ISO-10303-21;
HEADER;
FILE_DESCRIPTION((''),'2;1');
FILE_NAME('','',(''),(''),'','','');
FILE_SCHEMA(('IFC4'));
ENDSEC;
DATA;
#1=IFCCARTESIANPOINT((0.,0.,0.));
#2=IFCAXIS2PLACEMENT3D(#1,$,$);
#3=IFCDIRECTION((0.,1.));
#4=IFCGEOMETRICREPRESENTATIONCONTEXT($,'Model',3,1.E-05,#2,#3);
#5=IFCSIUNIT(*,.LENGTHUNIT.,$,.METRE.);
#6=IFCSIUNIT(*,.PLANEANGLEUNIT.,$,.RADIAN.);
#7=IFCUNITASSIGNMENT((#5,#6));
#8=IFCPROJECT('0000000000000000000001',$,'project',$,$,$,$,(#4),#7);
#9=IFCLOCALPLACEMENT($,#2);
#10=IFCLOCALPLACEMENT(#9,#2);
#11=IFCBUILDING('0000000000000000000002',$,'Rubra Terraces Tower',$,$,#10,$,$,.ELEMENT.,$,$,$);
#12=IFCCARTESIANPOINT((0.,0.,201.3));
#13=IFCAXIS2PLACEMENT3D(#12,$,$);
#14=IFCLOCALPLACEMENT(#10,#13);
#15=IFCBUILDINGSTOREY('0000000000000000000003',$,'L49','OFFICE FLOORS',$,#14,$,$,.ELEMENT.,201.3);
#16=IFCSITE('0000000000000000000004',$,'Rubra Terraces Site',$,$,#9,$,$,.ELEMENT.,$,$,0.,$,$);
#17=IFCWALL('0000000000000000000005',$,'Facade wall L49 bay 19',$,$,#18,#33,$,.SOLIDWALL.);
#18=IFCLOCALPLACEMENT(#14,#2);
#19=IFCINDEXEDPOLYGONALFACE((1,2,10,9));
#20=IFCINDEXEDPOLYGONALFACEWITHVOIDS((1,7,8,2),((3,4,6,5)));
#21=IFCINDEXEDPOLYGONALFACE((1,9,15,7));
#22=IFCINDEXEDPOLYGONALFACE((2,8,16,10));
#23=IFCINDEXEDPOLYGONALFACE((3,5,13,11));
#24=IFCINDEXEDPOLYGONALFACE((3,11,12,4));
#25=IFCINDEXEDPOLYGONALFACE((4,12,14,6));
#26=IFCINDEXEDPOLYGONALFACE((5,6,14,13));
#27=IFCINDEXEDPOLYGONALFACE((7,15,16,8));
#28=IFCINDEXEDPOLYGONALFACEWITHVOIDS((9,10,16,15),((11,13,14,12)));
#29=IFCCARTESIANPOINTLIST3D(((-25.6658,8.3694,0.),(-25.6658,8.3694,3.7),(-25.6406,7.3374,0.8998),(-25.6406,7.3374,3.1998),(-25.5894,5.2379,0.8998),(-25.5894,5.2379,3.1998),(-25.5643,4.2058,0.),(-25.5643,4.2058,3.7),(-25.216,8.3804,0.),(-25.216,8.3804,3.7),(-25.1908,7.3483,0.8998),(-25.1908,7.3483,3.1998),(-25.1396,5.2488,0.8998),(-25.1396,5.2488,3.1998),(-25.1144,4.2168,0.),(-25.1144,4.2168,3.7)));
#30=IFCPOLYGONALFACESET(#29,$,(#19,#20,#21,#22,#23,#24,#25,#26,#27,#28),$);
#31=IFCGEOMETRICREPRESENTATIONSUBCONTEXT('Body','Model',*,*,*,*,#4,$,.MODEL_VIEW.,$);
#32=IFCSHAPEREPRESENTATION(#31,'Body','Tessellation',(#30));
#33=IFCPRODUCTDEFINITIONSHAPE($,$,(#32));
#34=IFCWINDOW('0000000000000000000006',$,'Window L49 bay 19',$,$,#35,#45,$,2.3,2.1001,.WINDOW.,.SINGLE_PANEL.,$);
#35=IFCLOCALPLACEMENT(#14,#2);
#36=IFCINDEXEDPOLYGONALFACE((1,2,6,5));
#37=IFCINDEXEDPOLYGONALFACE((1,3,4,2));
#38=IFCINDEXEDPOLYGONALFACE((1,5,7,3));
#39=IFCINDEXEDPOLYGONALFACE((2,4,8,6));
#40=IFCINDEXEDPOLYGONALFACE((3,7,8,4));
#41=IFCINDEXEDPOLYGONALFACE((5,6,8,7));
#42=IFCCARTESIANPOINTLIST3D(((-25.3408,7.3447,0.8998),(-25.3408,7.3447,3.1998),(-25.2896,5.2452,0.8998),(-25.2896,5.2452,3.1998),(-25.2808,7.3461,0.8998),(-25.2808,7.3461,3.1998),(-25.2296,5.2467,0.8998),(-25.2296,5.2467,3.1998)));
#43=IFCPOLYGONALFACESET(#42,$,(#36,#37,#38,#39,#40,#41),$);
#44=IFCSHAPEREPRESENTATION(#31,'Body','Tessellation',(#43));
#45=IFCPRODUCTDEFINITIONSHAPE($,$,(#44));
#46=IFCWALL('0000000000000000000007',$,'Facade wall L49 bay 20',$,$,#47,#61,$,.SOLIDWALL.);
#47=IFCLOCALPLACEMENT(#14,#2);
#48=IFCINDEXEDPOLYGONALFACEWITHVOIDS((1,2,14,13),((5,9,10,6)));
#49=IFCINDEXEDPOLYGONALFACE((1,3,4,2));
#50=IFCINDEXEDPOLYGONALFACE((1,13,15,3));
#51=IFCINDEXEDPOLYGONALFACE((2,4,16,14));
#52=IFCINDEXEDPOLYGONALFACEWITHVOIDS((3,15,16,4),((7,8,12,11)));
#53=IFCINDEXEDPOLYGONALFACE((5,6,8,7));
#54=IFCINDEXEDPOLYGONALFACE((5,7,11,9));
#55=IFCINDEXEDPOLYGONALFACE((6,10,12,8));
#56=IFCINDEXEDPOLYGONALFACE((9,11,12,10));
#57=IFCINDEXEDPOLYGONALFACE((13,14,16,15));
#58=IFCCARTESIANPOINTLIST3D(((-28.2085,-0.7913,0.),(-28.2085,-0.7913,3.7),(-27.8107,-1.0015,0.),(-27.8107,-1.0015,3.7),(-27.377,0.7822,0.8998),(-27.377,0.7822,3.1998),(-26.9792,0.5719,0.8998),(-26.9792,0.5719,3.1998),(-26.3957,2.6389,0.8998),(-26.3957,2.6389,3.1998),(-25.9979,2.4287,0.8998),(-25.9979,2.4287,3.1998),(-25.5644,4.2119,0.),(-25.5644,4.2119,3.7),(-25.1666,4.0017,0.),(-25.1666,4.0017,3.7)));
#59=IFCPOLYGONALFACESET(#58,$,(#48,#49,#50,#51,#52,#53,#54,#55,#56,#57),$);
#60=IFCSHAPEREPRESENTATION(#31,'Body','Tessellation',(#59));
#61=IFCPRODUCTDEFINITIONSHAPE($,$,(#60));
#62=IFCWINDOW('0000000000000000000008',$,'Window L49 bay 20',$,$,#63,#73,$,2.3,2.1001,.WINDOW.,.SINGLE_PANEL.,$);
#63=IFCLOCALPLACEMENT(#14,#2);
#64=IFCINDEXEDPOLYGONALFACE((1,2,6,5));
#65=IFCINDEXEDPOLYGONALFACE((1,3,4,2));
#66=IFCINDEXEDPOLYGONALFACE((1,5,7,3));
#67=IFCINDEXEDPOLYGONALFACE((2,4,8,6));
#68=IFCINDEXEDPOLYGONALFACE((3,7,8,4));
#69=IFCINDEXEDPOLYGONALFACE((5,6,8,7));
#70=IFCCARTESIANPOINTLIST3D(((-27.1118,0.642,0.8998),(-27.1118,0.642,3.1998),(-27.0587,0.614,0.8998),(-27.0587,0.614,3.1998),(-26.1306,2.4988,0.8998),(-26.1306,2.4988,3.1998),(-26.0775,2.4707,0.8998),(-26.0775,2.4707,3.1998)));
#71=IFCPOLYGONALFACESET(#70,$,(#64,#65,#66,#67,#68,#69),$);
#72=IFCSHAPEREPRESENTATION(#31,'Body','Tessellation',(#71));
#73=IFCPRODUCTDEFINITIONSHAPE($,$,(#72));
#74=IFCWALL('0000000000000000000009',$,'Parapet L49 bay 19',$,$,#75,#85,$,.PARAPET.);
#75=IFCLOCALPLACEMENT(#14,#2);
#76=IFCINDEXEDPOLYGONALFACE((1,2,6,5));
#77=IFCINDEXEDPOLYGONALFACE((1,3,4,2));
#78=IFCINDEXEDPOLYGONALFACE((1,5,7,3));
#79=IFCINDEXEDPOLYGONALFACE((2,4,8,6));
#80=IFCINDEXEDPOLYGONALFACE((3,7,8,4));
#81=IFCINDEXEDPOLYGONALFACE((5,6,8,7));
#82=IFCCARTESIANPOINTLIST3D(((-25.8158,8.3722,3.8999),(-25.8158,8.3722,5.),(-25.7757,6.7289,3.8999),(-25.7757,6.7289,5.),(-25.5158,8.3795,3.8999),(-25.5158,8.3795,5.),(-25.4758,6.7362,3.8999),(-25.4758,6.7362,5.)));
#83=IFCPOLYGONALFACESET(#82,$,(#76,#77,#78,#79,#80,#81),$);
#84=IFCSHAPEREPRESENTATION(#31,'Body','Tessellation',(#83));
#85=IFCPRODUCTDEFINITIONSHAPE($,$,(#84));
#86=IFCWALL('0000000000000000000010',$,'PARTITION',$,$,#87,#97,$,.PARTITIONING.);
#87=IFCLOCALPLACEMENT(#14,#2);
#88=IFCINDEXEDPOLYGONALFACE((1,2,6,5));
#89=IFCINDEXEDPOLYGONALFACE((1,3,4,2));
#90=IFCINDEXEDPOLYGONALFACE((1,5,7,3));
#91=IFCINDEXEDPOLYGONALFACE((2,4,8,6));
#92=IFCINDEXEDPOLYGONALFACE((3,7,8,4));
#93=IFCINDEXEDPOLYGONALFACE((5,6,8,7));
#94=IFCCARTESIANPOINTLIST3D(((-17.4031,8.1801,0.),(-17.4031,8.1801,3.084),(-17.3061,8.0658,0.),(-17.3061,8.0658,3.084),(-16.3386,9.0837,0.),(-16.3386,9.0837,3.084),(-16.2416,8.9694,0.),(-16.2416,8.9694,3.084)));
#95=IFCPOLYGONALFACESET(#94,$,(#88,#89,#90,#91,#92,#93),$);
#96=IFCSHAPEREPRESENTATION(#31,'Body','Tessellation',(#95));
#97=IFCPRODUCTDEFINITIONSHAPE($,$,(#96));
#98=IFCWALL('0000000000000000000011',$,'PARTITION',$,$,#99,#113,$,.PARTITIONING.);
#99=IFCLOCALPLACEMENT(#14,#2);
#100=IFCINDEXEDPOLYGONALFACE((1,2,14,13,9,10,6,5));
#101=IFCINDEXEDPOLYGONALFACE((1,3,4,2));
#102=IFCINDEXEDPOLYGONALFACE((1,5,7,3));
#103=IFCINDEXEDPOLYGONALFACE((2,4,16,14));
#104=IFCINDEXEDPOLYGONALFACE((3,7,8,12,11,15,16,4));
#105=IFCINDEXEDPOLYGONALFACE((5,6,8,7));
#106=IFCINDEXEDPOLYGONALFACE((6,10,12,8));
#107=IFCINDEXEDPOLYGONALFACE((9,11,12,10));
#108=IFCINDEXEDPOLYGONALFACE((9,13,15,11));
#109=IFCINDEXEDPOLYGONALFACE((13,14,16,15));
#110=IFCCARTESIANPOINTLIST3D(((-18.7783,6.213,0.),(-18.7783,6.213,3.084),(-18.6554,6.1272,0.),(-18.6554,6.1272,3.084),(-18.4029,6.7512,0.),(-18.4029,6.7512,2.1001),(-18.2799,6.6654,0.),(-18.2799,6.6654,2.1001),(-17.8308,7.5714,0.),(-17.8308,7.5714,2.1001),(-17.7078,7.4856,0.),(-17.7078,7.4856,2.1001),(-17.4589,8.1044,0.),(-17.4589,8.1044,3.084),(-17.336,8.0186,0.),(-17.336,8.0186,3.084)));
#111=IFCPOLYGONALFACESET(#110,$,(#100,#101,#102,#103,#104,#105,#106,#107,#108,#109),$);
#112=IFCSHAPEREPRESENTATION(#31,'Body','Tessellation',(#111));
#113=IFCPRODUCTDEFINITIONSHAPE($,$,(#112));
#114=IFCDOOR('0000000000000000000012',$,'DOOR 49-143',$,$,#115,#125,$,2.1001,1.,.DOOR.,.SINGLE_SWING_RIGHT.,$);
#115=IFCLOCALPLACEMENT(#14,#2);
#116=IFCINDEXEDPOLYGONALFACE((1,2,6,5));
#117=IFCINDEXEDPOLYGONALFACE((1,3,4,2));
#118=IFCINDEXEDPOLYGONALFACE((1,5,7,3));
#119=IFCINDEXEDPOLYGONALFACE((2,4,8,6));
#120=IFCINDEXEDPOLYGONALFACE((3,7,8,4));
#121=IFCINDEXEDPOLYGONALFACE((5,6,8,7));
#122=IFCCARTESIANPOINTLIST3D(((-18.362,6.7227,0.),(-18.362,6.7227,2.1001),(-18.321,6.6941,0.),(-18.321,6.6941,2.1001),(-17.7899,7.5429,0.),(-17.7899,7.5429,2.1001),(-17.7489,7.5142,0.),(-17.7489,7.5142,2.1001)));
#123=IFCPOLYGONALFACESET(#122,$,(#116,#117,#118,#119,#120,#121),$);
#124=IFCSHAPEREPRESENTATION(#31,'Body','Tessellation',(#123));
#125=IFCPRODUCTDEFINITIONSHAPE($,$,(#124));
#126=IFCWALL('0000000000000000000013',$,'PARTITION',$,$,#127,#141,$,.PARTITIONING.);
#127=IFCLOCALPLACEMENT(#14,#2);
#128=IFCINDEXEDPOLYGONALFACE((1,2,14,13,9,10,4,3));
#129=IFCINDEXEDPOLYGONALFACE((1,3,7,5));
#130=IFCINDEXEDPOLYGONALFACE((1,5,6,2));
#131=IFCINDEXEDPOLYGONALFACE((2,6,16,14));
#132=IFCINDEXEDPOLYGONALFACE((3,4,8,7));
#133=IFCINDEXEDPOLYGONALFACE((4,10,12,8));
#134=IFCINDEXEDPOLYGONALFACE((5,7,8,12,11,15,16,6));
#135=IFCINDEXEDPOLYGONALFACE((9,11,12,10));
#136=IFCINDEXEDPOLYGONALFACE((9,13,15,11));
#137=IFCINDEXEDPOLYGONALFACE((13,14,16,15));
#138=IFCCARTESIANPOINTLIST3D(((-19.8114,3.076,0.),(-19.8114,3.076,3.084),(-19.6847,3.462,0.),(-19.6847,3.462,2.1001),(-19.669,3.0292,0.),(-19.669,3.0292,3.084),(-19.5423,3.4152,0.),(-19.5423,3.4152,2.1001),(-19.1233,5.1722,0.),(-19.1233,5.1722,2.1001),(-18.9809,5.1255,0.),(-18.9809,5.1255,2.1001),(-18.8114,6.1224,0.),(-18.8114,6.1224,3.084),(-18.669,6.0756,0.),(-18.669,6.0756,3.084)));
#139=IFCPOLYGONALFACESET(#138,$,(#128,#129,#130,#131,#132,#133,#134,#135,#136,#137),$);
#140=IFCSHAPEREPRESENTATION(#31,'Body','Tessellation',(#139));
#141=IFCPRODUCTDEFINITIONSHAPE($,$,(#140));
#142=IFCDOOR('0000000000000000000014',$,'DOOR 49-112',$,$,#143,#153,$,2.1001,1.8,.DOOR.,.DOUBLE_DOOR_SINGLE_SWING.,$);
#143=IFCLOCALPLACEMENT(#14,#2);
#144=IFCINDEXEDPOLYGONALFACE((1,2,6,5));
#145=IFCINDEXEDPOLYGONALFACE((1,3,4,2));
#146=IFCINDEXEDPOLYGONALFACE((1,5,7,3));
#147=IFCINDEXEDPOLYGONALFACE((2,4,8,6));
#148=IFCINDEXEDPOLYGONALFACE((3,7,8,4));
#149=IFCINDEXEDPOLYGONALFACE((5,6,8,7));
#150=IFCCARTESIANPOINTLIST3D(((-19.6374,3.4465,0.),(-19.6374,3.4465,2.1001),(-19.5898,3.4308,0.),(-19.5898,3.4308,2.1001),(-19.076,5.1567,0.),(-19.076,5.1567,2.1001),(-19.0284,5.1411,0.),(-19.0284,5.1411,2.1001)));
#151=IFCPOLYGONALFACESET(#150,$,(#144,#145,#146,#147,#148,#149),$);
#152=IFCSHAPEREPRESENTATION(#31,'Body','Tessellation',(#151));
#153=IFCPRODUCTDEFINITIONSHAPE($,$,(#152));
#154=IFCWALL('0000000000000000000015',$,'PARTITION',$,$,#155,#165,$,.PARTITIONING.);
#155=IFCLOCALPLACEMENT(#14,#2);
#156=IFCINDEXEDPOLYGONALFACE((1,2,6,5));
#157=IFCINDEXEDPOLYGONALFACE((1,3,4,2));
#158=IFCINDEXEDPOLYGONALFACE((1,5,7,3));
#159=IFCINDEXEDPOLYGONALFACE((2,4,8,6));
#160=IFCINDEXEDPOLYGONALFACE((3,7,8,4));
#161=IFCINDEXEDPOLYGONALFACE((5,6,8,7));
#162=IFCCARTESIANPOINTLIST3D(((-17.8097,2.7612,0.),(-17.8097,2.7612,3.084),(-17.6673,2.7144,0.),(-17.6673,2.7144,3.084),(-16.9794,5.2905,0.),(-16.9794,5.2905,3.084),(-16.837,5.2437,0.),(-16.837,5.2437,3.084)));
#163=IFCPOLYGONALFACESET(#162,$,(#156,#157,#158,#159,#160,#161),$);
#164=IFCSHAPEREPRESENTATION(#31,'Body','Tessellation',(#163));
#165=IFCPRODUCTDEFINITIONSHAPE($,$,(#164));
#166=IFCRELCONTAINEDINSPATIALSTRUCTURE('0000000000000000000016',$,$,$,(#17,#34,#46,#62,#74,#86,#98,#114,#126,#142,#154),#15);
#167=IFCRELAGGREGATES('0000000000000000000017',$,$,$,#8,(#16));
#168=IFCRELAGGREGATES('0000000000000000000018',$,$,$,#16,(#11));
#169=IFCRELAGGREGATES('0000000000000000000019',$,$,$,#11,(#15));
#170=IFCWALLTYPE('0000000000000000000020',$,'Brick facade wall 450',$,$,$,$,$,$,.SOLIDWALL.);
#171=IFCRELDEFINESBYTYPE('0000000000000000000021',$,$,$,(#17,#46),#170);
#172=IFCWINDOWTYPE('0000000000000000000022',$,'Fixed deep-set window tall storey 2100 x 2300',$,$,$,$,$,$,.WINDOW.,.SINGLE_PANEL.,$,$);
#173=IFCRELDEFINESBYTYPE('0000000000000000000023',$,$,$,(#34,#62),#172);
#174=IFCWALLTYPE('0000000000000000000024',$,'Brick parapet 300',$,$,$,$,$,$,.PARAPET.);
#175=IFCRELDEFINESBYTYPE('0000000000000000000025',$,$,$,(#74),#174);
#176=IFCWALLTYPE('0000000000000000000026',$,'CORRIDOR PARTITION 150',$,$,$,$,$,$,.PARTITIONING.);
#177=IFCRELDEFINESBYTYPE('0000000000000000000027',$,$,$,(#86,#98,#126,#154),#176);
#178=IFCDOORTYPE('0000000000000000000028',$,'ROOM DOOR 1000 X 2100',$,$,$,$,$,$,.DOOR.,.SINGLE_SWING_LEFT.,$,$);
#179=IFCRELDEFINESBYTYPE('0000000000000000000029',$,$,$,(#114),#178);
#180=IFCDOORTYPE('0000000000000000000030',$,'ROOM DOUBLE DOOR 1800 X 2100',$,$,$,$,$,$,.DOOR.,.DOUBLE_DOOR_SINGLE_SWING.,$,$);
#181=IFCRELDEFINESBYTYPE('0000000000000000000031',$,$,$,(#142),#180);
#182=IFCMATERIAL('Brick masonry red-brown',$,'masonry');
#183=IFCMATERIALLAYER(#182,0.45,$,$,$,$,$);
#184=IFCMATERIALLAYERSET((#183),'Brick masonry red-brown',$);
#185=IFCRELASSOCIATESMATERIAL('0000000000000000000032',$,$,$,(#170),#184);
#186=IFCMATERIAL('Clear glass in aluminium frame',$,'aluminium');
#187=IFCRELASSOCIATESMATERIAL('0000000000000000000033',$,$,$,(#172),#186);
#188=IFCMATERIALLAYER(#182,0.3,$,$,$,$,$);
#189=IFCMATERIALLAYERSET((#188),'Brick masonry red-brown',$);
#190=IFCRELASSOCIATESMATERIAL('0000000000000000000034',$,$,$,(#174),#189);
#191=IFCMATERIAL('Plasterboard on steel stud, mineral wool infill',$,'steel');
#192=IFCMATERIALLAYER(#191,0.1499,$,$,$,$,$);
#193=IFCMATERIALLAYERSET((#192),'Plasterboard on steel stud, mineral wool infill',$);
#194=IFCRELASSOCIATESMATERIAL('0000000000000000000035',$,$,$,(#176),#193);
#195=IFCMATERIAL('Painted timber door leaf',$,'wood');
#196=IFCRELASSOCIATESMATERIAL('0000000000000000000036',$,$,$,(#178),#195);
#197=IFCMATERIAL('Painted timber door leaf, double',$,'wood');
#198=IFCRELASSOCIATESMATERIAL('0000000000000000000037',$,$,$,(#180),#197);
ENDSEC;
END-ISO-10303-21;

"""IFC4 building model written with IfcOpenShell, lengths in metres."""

from ifc_helpers import new_model, si_unit, direction, frame, frame_2d, origin, place, context, subcontext, project, spatial, rectangle, extrude, material, layer, layer_set, type_object, element, fill, save


model = new_model("IFC4")

# Units and contexts
model_context = context("Model", 3, precision=1e-05, world=origin(), true_north=direction((0.0, 1.0)))
body_context = subcontext(model_context, "Body", "Model", "MODEL_VIEW")
ifc_project = project(units=[si_unit("LENGTHUNIT", "METRE"), si_unit("PLANEANGLEUNIT", "RADIAN")], contexts=[model_context])

# Site, building, storey
site_placement = place(None, origin())
site = spatial("IfcSite", under=ifc_project, at=site_placement, Name="Rubra Terraces Site", CompositionType="ELEMENT", RefElevation=0.0)
building_placement = place(site_placement, origin())
building = spatial("IfcBuilding", under=site, at=building_placement, Name="Rubra Terraces Tower", CompositionType="ELEMENT")
storey_placement = place(building_placement, frame((0.0, 0.0, 201.3)))
storey = spatial("IfcBuildingStorey", under=building, at=storey_placement, Name="L49", Description="OFFICE FLOORS", CompositionType="ELEMENT", Elevation=201.3)

# Walls, openings, windows
ifc_material_1 = material(Name="Brick masonry red-brown", Category="masonry")
ifc_layer_1 = layer(ifc_material_1, 0.45)
ifc_layer_set_1 = layer_set([ifc_layer_1], Name="Brick masonry red-brown")
wall_type_1 = type_object("IfcWallType", Name="Brick facade wall 450", PredefinedType="SOLIDWALL", material=ifc_layer_set_1)
wall_1_placement = place(storey_placement, frame((-25.4409, 8.375, 0.0), z_axis=(0.0, 0.0, 1.0), x_axis=(0.024386, -0.999703, 0.0)))
wall_1 = element("IfcWall", 1, at=wall_1_placement, inside=storey, type_object=wall_type_1, Name="Facade wall L49 bay 19", PredefinedType="SOLIDWALL", context=body_context, shape_type="SweptSolid", body=[
    extrude(rectangle(XDim=4.1648, YDim=0.45, at=frame_2d((2.0825, 0.0))), origin(), (0.0, 0.0, 1.0), 3.7),
])
opening_1_placement = place(wall_1_placement, frame((1.0325, 0.0, 0.8999)))
opening_1 = element("IfcOpeningElement", 2, at=opening_1_placement, cuts=wall_1, PredefinedType="OPENING", context=body_context, shape_type="SweptSolid", body=[
    extrude(rectangle(XDim=2.1001, YDim=2.3, at=frame_2d((1.05, 1.1499))), frame((0.0, 0.2349, 0.0), z_axis=(0.0, -1.0, 0.0), x_axis=(1.0, 0.0, 0.0)), (0.0, 0.0, 1.0), 0.47),
])
ifc_material_2 = material(Name="Clear glass in aluminium frame", Category="aluminium")
window_type = type_object("IfcWindowType", Name="Fixed deep-set window tall storey 2100 x 2300", PartitioningType="SINGLE_PANEL", PredefinedType="WINDOW", material=ifc_material_2)
window_1_placement = place(opening_1_placement, origin())
window_1 = element("IfcWindow", 3, at=window_1_placement, inside=storey, type_object=window_type, Name="Window L49 bay 19", OverallHeight=2.3, OverallWidth=2.1001, PartitioningType="SINGLE_PANEL", PredefinedType="WINDOW", context=body_context, shape_type="SweptSolid", body=[
    extrude(rectangle(XDim=2.1001, YDim=2.3, at=frame_2d((1.05, 1.1499))), frame((0.0, 0.135, 0.0), z_axis=(0.0, -1.0, 0.0), x_axis=(1.0, 0.0, 0.0)), (0.0, 0.0, 1.0), 0.0601),
])
fill(opening_1, window_1)
wall_2_placement = place(storey_placement, frame((-25.3655, 4.1069, 0.0), z_axis=(0.0, 0.0, 1.0), x_axis=(-0.467239, -0.884131, 0.0)))
wall_2 = element("IfcWall", 4, at=wall_2_placement, inside=storey, type_object=wall_type_1, Name="Facade wall L49 bay 20", PredefinedType="SOLIDWALL", context=body_context, shape_type="SweptSolid", body=[
    extrude(rectangle(XDim=5.6589, YDim=0.45, at=frame_2d((2.8296, 0.0))), origin(), (0.0, 0.0, 1.0), 3.7),
])
opening_2_placement = place(wall_2_placement, frame((1.7793, 0.0, 0.8999)))
opening_2 = element("IfcOpeningElement", 5, at=opening_2_placement, cuts=wall_2, PredefinedType="OPENING", context=body_context, shape_type="SweptSolid", body=[
    extrude(rectangle(XDim=2.1001, YDim=2.3, at=frame_2d((1.05, 1.1499))), frame((0.0, 0.2349, 0.0), z_axis=(0.0, -1.0, 0.0), x_axis=(1.0, 0.0, 0.0)), (0.0, 0.0, 1.0), 0.47),
])
window_2_placement = place(opening_2_placement, origin())
window_2 = element("IfcWindow", 6, at=window_2_placement, inside=storey, type_object=window_type, Name="Window L49 bay 20", OverallHeight=2.3, OverallWidth=2.1001, PartitioningType="SINGLE_PANEL", PredefinedType="WINDOW", context=body_context, shape_type="SweptSolid", body=[
    extrude(rectangle(XDim=2.1001, YDim=2.3, at=frame_2d((1.05, 1.1499))), frame((0.0, 0.135, 0.0), z_axis=(0.0, -1.0, 0.0), x_axis=(1.0, 0.0, 0.0)), (0.0, 0.0, 1.0), 0.0601),
])
fill(opening_2, window_2)

# Walls
ifc_layer_2 = layer(ifc_material_1, 0.3)
ifc_layer_set_2 = layer_set([ifc_layer_2], Name="Brick masonry red-brown")
wall_type_2 = type_object("IfcWallType", Name="Brick parapet 300", PredefinedType="PARAPET", material=ifc_layer_set_2)
wall_3_placement = place(storey_placement, frame((-25.6658, 8.3757, 3.8999), z_axis=(0.0, 0.0, 1.0), x_axis=(0.024358, -0.999703, 0.0)))
element("IfcWall", 7, at=wall_3_placement, inside=storey, type_object=wall_type_2, Name="Parapet L49 bay 19", PredefinedType="PARAPET", context=body_context, shape_type="SweptSolid", body=[
    extrude(rectangle(XDim=1.6438, YDim=0.3, at=frame_2d((0.8218, 0.0))), origin(), (0.0, 0.0, 1.0), 1.1001),
])
ifc_material_3 = material(Name="Plasterboard on steel stud, mineral wool infill", Category="steel")
ifc_layer_3 = layer(ifc_material_3, 0.1499)
ifc_layer_set_3 = layer_set([ifc_layer_3], Name="Plasterboard on steel stud, mineral wool infill")
wall_type_3 = type_object("IfcWallType", Name="CORRIDOR PARTITION 150", PredefinedType="PARTITIONING", material=ifc_layer_set_3)
wall_4_placement = place(storey_placement, frame((-16.29, 9.0266, 0.0), z_axis=(0.0, 0.0, 1.0), x_axis=(-0.762371, -0.647141, 0.0)))
element("IfcWall", 8, at=wall_4_placement, inside=storey, type_object=wall_type_3, Name="PARTITION", PredefinedType="PARTITIONING", context=body_context, shape_type="SweptSolid", body=[
    extrude(rectangle(XDim=1.3962, YDim=0.1499, at=frame_2d((0.6982, 0.0))), origin(), (0.0, 0.0, 1.0), 3.084),
])

# Walls, openings, doors
wall_5_placement = place(storey_placement, frame((-17.3975, 8.0615, 0.0), z_axis=(0.0, 0.0, 1.0), x_axis=(-0.572119, -0.820171, 0.0)))
wall_5 = element("IfcWall", 9, at=wall_5_placement, inside=storey, type_object=wall_type_3, Name="PARTITION", PredefinedType="PARTITIONING", context=body_context, shape_type="SweptSolid", body=[
    extrude(rectangle(XDim=2.3062, YDim=0.1499, at=frame_2d((1.1531, 0.0))), origin(), (0.0, 0.0, 1.0), 3.084),
])
opening_3_placement = place(wall_5_placement, frame((0.6499, 0.0, 0.0)))
opening_3 = element("IfcOpeningElement", 10, at=opening_3_placement, cuts=wall_5, PredefinedType="OPENING", context=body_context, shape_type="SweptSolid", body=[
    extrude(rectangle(XDim=1.0, YDim=2.1001, at=frame_2d((0.5, 1.05))), frame((0.0, 0.085, 0.0), z_axis=(0.0, -1.0, 0.0), x_axis=(1.0, 0.0, 0.0)), (0.0, 0.0, 1.0), 0.1699),
])
ifc_material_4 = material(Name="Painted timber door leaf", Category="wood")
door_type_1 = type_object("IfcDoorType", Name="ROOM DOOR 1000 X 2100", OperationType="SINGLE_SWING_LEFT", PredefinedType="DOOR", material=ifc_material_4)
door_1_placement = place(opening_3_placement, origin())
door_1 = element("IfcDoor", 11, at=door_1_placement, inside=storey, type_object=door_type_1, Name="DOOR 49-143", OperationType="SINGLE_SWING_RIGHT", OverallHeight=2.1001, OverallWidth=1.0, PredefinedType="DOOR", context=body_context, shape_type="SweptSolid", body=[
    extrude(rectangle(XDim=1.0, YDim=2.1001, at=frame_2d((0.5, 1.05))), frame((0.0, 0.0249, 0.0), z_axis=(0.0, -1.0, 0.0), x_axis=(1.0, 0.0, 0.0)), (0.0, 0.0, 1.0), 0.05),
])
fill(opening_3, door_1)
wall_6_placement = place(storey_placement, frame((-18.7402, 6.0989, 0.0), z_axis=(0.0, 0.0, 1.0), x_axis=(-0.311884, -0.95012, 0.0)))
wall_6 = element("IfcWall", 12, at=wall_6_placement, inside=storey, type_object=wall_type_3, Name="PARTITION", PredefinedType="PARTITIONING", context=body_context, shape_type="SweptSolid", body=[
    extrude(rectangle(XDim=3.2063, YDim=0.1499, at=frame_2d((1.603, 0.0))), origin(), (0.0, 0.0, 1.0), 3.084),
])
opening_4_placement = place(wall_6_placement, frame((1.0, 0.0, 0.0)))
opening_4 = element("IfcOpeningElement", 13, at=opening_4_placement, cuts=wall_6, PredefinedType="OPENING", context=body_context, shape_type="SweptSolid", body=[
    extrude(rectangle(XDim=1.8, YDim=2.1001, at=frame_2d((0.8999, 1.05))), frame((0.0, 0.085, 0.0), z_axis=(0.0, -1.0, 0.0), x_axis=(1.0, 0.0, 0.0)), (0.0, 0.0, 1.0), 0.1699),
])
ifc_material_5 = material(Name="Painted timber door leaf, double", Category="wood")
door_type_2 = type_object("IfcDoorType", Name="ROOM DOUBLE DOOR 1800 X 2100", OperationType="DOUBLE_DOOR_SINGLE_SWING", PredefinedType="DOOR", material=ifc_material_5)
door_2_placement = place(opening_4_placement, origin())
door_2 = element("IfcDoor", 14, at=door_2_placement, inside=storey, type_object=door_type_2, Name="DOOR 49-112", OperationType="DOUBLE_DOOR_SINGLE_SWING", OverallHeight=2.1001, OverallWidth=1.8, PredefinedType="DOOR", context=body_context, shape_type="SweptSolid", body=[
    extrude(rectangle(XDim=1.8, YDim=2.1001, at=frame_2d((0.8999, 1.05))), frame((0.0, 0.0249, 0.0), z_axis=(0.0, -1.0, 0.0), x_axis=(1.0, 0.0, 0.0)), (0.0, 0.0, 1.0), 0.05),
])
fill(opening_4, door_2)

# Wall
wall_7_placement = place(storey_placement, frame((-17.7385, 2.7378, 0.0), z_axis=(0.0, 0.0, 1.0), x_axis=(0.311905, 0.950113, 0.0)))
element("IfcWall", 15, at=wall_7_placement, inside=storey, type_object=wall_type_3, Name="PARTITION", PredefinedType="PARTITIONING", context=body_context, shape_type="SweptSolid", body=[
    extrude(rectangle(XDim=2.6621, YDim=0.1499, at=frame_2d((1.3311, 0.0))), origin(), (0.0, 0.0, 1.0), 3.084),
])

save(model, "model.ifc")
